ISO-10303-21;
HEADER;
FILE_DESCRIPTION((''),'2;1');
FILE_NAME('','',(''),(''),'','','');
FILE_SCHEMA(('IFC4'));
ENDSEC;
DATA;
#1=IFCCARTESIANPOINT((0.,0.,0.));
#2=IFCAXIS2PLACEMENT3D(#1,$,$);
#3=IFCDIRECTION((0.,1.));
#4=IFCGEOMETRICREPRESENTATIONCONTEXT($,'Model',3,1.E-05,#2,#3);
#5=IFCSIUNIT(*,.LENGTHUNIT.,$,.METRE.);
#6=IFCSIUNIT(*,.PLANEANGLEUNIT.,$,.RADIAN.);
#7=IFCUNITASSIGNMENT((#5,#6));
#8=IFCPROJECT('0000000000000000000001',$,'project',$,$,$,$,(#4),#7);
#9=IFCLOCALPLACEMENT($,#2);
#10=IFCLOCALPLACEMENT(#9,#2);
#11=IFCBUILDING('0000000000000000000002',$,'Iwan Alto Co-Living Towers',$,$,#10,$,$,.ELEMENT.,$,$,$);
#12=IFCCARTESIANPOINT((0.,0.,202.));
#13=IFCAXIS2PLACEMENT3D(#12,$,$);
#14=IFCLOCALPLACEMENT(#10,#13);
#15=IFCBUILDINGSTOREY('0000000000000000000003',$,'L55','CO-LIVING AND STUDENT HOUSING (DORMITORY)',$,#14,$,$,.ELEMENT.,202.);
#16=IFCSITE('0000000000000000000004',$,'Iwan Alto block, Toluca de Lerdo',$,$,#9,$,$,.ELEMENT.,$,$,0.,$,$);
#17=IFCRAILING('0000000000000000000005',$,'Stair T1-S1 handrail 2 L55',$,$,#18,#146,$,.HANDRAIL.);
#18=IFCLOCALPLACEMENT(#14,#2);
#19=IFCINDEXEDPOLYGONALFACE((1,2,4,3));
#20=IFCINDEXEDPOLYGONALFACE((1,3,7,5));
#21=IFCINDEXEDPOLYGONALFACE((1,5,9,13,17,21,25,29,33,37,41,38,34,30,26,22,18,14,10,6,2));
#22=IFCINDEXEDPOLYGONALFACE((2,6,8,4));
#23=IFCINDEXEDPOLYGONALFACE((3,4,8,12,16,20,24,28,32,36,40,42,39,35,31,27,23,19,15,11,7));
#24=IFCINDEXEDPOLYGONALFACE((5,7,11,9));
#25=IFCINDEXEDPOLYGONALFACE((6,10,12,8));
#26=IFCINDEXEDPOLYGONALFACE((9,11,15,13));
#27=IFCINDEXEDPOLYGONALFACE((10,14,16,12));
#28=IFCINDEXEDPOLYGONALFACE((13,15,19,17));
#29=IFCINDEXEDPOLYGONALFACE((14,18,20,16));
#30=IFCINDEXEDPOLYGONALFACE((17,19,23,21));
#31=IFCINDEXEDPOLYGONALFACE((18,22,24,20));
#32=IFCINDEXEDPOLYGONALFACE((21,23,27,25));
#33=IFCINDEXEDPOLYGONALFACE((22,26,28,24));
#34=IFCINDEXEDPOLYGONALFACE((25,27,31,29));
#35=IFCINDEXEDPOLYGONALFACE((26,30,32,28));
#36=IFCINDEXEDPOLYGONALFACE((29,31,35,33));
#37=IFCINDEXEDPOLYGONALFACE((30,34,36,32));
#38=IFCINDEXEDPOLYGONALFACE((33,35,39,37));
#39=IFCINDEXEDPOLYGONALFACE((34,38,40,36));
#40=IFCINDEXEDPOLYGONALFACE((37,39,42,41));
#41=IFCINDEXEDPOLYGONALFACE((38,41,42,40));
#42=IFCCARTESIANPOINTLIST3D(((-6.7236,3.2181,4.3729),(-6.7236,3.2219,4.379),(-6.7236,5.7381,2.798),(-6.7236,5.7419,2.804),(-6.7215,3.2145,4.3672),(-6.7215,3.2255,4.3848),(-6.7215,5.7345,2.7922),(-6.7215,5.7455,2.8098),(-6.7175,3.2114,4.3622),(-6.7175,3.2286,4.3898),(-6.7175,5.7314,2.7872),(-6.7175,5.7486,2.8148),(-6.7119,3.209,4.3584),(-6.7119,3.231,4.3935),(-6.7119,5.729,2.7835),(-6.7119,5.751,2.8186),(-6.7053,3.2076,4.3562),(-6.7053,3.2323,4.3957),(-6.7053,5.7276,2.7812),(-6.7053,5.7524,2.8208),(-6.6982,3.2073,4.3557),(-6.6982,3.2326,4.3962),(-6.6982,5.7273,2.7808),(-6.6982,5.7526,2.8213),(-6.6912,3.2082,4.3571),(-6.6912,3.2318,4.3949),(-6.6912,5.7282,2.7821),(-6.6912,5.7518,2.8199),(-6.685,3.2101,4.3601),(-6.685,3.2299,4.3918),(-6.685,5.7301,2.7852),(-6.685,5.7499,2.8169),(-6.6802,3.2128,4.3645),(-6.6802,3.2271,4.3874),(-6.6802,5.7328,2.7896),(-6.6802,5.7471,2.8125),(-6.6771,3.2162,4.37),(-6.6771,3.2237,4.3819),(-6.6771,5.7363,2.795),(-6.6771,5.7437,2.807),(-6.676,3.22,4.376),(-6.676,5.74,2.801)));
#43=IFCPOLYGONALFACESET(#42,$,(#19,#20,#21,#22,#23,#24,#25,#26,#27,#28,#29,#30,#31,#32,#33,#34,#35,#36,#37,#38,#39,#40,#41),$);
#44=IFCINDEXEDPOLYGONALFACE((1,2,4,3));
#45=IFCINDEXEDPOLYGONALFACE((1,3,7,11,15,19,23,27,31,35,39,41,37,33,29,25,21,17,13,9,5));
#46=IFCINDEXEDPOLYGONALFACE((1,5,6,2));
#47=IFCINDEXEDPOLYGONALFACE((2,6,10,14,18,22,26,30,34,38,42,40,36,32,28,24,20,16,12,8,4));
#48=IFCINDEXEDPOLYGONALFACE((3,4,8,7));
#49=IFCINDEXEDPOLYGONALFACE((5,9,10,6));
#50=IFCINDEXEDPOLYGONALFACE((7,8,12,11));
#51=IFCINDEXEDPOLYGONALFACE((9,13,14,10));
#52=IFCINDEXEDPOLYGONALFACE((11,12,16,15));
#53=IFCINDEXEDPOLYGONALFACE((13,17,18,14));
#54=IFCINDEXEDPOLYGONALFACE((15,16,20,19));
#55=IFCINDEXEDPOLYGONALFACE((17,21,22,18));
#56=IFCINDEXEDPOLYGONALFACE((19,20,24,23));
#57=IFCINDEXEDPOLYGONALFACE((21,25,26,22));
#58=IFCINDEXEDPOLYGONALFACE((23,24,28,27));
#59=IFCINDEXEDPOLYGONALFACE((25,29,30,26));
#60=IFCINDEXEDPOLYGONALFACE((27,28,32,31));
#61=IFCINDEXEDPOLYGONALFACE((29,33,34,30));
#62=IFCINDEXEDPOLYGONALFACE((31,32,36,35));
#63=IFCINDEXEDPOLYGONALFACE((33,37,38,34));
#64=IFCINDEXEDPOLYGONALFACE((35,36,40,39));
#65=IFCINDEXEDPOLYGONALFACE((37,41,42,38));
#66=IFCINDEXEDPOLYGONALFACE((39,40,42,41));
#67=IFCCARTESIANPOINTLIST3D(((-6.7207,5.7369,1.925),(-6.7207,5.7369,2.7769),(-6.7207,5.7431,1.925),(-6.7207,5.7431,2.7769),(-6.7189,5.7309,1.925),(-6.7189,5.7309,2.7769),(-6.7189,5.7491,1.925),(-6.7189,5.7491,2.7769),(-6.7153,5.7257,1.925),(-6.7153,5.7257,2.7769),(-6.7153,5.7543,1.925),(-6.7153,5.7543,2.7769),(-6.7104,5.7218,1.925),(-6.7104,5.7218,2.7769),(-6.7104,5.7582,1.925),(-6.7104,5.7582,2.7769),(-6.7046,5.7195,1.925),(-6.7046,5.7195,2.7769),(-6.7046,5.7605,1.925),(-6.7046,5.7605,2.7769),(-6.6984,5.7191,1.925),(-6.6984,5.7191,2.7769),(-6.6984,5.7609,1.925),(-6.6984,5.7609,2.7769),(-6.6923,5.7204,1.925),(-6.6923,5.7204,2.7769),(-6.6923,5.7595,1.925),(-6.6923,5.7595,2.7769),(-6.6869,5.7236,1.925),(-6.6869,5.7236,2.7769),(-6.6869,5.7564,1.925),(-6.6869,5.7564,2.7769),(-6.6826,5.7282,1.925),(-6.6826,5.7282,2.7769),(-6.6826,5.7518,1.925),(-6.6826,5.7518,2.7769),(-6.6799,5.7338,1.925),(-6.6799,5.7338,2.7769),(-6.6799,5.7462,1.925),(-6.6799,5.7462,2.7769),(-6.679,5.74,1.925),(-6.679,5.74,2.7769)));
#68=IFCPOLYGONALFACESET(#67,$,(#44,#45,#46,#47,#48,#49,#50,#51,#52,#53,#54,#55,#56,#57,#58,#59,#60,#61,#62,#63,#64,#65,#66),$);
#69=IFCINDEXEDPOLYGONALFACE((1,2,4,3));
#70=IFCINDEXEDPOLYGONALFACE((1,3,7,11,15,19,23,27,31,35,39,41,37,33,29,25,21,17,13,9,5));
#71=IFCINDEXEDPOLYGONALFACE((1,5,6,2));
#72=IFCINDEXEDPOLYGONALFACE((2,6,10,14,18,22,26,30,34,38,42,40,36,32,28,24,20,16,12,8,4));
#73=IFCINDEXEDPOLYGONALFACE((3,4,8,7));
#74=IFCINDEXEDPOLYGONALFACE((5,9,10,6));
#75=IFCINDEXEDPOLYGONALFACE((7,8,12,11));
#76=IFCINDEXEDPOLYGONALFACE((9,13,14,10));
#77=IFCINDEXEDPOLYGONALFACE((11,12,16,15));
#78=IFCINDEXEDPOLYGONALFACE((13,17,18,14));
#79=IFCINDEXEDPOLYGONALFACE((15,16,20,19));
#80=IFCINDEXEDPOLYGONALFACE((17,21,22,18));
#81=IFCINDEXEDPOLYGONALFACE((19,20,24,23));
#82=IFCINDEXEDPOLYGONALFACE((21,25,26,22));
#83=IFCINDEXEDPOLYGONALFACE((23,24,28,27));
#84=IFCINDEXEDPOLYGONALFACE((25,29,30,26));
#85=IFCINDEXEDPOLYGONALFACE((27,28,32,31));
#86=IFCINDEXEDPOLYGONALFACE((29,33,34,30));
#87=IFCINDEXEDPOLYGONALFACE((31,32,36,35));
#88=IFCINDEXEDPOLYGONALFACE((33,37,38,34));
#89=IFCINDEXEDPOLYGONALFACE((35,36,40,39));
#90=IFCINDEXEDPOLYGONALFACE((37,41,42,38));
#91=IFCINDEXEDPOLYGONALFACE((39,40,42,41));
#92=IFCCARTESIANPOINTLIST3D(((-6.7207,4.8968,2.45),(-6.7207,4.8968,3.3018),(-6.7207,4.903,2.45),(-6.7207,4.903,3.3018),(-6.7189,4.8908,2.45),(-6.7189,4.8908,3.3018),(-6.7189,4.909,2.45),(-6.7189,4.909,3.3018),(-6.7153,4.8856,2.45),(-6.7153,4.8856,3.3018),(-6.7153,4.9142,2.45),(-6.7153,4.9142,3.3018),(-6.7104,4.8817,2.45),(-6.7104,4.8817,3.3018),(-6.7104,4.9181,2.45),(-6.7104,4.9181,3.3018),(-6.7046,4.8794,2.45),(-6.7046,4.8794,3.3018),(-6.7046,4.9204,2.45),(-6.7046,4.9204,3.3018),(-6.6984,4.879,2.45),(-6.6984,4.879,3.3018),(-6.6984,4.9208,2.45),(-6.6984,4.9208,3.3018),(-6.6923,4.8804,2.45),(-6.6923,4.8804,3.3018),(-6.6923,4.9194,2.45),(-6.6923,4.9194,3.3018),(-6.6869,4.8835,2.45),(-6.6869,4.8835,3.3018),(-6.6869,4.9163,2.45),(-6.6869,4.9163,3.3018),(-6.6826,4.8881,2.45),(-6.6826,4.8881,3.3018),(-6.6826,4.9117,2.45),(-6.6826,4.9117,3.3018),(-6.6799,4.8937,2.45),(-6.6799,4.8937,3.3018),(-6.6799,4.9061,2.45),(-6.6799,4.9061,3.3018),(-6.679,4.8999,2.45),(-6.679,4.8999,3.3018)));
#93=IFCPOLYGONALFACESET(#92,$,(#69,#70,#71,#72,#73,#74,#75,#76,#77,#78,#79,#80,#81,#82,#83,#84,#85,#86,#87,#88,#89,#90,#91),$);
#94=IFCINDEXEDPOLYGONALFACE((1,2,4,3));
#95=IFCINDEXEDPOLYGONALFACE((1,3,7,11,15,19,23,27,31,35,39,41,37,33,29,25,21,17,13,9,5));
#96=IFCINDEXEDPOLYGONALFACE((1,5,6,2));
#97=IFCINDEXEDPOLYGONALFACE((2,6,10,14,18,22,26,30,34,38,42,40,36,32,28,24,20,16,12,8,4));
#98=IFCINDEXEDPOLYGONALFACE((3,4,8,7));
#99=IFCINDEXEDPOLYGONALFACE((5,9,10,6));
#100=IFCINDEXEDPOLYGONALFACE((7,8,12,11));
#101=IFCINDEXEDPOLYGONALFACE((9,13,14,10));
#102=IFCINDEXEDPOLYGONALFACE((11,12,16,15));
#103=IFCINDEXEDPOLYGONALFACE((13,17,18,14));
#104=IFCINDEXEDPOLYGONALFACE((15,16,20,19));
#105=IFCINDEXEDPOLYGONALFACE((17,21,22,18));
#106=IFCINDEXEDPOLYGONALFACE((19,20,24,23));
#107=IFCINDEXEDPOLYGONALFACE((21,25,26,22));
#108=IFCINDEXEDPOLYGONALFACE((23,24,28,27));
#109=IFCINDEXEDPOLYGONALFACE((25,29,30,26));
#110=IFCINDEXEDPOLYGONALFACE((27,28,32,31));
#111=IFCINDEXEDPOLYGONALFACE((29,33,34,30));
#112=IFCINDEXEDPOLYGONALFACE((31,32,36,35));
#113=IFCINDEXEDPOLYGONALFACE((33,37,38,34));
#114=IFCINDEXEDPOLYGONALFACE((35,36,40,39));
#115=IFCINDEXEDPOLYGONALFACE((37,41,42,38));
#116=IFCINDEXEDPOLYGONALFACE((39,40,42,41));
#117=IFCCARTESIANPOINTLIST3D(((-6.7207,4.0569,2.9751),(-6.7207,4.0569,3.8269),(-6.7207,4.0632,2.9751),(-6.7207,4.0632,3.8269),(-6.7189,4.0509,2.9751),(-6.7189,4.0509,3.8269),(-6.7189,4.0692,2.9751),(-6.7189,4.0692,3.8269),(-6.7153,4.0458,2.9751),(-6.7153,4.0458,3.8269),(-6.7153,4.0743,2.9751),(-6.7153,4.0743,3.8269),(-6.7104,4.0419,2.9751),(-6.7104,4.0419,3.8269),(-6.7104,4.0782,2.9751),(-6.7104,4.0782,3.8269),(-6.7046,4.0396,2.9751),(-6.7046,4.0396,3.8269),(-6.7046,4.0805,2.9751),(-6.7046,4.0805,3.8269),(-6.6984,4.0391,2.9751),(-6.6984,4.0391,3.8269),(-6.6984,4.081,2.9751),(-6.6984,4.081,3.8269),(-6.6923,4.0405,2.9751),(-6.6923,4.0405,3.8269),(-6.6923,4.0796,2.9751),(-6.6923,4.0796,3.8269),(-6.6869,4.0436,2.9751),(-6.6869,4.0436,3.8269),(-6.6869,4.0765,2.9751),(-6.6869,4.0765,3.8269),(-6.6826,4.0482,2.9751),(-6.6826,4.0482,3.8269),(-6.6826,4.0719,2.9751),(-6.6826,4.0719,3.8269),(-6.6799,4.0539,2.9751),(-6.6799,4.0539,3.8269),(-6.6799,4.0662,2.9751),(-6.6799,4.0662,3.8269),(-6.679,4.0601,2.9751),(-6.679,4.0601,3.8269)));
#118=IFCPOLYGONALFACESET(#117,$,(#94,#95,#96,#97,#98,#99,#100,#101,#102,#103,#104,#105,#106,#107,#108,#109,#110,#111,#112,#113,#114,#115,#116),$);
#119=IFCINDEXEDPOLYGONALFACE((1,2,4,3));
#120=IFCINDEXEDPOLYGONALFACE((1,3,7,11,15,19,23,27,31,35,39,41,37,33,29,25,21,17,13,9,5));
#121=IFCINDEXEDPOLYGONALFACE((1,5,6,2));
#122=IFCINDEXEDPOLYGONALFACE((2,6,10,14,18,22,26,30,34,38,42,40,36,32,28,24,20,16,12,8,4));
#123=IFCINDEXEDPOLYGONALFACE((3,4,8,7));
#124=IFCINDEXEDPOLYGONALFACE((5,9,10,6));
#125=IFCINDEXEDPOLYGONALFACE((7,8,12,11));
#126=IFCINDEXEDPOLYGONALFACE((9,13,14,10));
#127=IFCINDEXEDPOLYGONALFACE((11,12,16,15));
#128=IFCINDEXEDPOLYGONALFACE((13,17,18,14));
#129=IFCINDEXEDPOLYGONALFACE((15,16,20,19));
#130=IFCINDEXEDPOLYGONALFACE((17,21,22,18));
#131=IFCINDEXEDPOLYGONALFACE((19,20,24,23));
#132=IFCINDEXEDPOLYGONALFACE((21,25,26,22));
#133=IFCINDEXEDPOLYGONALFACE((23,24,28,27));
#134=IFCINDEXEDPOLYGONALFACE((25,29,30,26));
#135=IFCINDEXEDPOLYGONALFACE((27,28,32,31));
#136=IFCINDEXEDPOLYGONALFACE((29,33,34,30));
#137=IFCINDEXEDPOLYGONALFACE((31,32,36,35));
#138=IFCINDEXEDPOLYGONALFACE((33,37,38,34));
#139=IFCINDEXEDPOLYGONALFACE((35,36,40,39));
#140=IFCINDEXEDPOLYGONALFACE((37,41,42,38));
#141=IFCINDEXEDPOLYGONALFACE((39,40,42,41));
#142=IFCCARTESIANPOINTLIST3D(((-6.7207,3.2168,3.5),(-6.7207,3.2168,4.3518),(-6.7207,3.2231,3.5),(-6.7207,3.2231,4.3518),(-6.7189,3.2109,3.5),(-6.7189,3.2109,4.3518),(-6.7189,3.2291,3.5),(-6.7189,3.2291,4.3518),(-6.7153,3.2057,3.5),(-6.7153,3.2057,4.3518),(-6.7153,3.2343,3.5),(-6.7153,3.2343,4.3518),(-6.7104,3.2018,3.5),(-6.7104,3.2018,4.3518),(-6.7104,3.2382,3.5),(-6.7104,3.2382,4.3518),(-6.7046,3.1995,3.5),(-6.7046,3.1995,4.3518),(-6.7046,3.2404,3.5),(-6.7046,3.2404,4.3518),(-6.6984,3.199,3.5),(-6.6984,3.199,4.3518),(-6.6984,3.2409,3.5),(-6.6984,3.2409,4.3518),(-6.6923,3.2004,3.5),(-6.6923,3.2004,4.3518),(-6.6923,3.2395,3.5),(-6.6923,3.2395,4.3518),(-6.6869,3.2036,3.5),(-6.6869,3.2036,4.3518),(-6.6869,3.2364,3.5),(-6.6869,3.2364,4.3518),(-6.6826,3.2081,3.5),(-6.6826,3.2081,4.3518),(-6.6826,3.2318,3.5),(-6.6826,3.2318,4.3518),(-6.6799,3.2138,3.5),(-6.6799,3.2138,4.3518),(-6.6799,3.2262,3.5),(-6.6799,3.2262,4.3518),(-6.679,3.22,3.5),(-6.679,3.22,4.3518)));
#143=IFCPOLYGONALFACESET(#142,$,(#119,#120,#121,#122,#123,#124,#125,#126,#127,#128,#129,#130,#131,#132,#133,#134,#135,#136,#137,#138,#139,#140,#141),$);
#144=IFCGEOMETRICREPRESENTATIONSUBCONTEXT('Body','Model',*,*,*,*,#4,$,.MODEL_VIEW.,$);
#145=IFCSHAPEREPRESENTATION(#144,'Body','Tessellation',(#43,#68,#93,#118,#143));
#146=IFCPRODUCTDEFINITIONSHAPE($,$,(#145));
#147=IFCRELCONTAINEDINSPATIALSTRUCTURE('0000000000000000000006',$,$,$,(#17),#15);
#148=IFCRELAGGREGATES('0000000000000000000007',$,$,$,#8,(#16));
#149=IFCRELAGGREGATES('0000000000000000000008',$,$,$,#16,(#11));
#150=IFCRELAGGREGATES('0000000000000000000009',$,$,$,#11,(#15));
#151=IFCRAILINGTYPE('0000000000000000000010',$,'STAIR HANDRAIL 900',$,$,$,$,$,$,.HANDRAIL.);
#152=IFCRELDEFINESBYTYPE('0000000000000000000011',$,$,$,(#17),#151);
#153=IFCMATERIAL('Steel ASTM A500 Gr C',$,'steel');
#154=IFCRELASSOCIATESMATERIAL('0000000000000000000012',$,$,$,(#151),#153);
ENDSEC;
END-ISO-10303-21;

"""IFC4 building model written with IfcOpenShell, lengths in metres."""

from ifc_helpers import new_model, si_unit, direction, frame, origin, origin_2d, place, context, subcontext, project, spatial, circle, extrude, material, type_object, element, save


model = new_model("IFC4")

# Units and contexts
model_context = context("Model", 3, precision=1e-05, world=origin(), true_north=direction((0.0, 1.0)))
body_context = subcontext(model_context, "Body", "Model", "MODEL_VIEW")
ifc_project = project(units=[si_unit("LENGTHUNIT", "METRE"), si_unit("PLANEANGLEUNIT", "RADIAN")], contexts=[model_context])

# Site, building, storey
site_placement = place(None, origin())
site = spatial("IfcSite", under=ifc_project, at=site_placement, Name="Iwan Alto block, Toluca de Lerdo", CompositionType="ELEMENT", RefElevation=0.0)
building_placement = place(site_placement, origin())
building = spatial("IfcBuilding", under=site, at=building_placement, Name="Iwan Alto Co-Living Towers", CompositionType="ELEMENT")
storey_placement = place(building_placement, frame((0.0, 0.0, 202.0)))
storey = spatial("IfcBuildingStorey", under=building, at=storey_placement, Name="L55", Description="CO-LIVING AND STUDENT HOUSING (DORMITORY)", CompositionType="ELEMENT", Elevation=202.0)

# Railing
ifc_material_1 = material(Name="Steel ASTM A500 Gr C", Category="steel")
railing_type_1 = type_object("IfcRailingType", Name="STAIR HANDRAIL 900", PredefinedType="HANDRAIL", material=ifc_material_1)
railing_1_placement = place(storey_placement, frame((-6.7, 5.74, 1.925)))
element("IfcRailing", 1, at=railing_1_placement, inside=storey, type_object=railing_type_1, Name="Stair T1-S1 handrail 2 L55", PredefinedType="HANDRAIL", context=body_context, shape_type="SweptSolid", body=[
    extrude(circle(Radius=0.0239, at=origin_2d()), frame((0.0, 0.0, 0.876), z_axis=(0.0, -0.848008, 0.529984), x_axis=(1.0, 0.0, 0.0)), (0.0, 0.0, 1.0), 2.9717),
    extrude(circle(Radius=0.021, at=origin_2d()), origin(), (0.0, 0.0, 1.0), 0.8518),
    extrude(circle(Radius=0.021, at=origin_2d()), frame((0.0, -0.8401, 0.5249)), (0.0, 0.0, 1.0), 0.8518),
    extrude(circle(Radius=0.021, at=origin_2d()), frame((0.0, -1.6799, 1.05)), (0.0, 0.0, 1.0), 0.8518),
    extrude(circle(Radius=0.021, at=origin_2d()), frame((0.0, -2.52, 1.575)), (0.0, 0.0, 1.0), 0.8518),
])

save(model, "model.ifc")
